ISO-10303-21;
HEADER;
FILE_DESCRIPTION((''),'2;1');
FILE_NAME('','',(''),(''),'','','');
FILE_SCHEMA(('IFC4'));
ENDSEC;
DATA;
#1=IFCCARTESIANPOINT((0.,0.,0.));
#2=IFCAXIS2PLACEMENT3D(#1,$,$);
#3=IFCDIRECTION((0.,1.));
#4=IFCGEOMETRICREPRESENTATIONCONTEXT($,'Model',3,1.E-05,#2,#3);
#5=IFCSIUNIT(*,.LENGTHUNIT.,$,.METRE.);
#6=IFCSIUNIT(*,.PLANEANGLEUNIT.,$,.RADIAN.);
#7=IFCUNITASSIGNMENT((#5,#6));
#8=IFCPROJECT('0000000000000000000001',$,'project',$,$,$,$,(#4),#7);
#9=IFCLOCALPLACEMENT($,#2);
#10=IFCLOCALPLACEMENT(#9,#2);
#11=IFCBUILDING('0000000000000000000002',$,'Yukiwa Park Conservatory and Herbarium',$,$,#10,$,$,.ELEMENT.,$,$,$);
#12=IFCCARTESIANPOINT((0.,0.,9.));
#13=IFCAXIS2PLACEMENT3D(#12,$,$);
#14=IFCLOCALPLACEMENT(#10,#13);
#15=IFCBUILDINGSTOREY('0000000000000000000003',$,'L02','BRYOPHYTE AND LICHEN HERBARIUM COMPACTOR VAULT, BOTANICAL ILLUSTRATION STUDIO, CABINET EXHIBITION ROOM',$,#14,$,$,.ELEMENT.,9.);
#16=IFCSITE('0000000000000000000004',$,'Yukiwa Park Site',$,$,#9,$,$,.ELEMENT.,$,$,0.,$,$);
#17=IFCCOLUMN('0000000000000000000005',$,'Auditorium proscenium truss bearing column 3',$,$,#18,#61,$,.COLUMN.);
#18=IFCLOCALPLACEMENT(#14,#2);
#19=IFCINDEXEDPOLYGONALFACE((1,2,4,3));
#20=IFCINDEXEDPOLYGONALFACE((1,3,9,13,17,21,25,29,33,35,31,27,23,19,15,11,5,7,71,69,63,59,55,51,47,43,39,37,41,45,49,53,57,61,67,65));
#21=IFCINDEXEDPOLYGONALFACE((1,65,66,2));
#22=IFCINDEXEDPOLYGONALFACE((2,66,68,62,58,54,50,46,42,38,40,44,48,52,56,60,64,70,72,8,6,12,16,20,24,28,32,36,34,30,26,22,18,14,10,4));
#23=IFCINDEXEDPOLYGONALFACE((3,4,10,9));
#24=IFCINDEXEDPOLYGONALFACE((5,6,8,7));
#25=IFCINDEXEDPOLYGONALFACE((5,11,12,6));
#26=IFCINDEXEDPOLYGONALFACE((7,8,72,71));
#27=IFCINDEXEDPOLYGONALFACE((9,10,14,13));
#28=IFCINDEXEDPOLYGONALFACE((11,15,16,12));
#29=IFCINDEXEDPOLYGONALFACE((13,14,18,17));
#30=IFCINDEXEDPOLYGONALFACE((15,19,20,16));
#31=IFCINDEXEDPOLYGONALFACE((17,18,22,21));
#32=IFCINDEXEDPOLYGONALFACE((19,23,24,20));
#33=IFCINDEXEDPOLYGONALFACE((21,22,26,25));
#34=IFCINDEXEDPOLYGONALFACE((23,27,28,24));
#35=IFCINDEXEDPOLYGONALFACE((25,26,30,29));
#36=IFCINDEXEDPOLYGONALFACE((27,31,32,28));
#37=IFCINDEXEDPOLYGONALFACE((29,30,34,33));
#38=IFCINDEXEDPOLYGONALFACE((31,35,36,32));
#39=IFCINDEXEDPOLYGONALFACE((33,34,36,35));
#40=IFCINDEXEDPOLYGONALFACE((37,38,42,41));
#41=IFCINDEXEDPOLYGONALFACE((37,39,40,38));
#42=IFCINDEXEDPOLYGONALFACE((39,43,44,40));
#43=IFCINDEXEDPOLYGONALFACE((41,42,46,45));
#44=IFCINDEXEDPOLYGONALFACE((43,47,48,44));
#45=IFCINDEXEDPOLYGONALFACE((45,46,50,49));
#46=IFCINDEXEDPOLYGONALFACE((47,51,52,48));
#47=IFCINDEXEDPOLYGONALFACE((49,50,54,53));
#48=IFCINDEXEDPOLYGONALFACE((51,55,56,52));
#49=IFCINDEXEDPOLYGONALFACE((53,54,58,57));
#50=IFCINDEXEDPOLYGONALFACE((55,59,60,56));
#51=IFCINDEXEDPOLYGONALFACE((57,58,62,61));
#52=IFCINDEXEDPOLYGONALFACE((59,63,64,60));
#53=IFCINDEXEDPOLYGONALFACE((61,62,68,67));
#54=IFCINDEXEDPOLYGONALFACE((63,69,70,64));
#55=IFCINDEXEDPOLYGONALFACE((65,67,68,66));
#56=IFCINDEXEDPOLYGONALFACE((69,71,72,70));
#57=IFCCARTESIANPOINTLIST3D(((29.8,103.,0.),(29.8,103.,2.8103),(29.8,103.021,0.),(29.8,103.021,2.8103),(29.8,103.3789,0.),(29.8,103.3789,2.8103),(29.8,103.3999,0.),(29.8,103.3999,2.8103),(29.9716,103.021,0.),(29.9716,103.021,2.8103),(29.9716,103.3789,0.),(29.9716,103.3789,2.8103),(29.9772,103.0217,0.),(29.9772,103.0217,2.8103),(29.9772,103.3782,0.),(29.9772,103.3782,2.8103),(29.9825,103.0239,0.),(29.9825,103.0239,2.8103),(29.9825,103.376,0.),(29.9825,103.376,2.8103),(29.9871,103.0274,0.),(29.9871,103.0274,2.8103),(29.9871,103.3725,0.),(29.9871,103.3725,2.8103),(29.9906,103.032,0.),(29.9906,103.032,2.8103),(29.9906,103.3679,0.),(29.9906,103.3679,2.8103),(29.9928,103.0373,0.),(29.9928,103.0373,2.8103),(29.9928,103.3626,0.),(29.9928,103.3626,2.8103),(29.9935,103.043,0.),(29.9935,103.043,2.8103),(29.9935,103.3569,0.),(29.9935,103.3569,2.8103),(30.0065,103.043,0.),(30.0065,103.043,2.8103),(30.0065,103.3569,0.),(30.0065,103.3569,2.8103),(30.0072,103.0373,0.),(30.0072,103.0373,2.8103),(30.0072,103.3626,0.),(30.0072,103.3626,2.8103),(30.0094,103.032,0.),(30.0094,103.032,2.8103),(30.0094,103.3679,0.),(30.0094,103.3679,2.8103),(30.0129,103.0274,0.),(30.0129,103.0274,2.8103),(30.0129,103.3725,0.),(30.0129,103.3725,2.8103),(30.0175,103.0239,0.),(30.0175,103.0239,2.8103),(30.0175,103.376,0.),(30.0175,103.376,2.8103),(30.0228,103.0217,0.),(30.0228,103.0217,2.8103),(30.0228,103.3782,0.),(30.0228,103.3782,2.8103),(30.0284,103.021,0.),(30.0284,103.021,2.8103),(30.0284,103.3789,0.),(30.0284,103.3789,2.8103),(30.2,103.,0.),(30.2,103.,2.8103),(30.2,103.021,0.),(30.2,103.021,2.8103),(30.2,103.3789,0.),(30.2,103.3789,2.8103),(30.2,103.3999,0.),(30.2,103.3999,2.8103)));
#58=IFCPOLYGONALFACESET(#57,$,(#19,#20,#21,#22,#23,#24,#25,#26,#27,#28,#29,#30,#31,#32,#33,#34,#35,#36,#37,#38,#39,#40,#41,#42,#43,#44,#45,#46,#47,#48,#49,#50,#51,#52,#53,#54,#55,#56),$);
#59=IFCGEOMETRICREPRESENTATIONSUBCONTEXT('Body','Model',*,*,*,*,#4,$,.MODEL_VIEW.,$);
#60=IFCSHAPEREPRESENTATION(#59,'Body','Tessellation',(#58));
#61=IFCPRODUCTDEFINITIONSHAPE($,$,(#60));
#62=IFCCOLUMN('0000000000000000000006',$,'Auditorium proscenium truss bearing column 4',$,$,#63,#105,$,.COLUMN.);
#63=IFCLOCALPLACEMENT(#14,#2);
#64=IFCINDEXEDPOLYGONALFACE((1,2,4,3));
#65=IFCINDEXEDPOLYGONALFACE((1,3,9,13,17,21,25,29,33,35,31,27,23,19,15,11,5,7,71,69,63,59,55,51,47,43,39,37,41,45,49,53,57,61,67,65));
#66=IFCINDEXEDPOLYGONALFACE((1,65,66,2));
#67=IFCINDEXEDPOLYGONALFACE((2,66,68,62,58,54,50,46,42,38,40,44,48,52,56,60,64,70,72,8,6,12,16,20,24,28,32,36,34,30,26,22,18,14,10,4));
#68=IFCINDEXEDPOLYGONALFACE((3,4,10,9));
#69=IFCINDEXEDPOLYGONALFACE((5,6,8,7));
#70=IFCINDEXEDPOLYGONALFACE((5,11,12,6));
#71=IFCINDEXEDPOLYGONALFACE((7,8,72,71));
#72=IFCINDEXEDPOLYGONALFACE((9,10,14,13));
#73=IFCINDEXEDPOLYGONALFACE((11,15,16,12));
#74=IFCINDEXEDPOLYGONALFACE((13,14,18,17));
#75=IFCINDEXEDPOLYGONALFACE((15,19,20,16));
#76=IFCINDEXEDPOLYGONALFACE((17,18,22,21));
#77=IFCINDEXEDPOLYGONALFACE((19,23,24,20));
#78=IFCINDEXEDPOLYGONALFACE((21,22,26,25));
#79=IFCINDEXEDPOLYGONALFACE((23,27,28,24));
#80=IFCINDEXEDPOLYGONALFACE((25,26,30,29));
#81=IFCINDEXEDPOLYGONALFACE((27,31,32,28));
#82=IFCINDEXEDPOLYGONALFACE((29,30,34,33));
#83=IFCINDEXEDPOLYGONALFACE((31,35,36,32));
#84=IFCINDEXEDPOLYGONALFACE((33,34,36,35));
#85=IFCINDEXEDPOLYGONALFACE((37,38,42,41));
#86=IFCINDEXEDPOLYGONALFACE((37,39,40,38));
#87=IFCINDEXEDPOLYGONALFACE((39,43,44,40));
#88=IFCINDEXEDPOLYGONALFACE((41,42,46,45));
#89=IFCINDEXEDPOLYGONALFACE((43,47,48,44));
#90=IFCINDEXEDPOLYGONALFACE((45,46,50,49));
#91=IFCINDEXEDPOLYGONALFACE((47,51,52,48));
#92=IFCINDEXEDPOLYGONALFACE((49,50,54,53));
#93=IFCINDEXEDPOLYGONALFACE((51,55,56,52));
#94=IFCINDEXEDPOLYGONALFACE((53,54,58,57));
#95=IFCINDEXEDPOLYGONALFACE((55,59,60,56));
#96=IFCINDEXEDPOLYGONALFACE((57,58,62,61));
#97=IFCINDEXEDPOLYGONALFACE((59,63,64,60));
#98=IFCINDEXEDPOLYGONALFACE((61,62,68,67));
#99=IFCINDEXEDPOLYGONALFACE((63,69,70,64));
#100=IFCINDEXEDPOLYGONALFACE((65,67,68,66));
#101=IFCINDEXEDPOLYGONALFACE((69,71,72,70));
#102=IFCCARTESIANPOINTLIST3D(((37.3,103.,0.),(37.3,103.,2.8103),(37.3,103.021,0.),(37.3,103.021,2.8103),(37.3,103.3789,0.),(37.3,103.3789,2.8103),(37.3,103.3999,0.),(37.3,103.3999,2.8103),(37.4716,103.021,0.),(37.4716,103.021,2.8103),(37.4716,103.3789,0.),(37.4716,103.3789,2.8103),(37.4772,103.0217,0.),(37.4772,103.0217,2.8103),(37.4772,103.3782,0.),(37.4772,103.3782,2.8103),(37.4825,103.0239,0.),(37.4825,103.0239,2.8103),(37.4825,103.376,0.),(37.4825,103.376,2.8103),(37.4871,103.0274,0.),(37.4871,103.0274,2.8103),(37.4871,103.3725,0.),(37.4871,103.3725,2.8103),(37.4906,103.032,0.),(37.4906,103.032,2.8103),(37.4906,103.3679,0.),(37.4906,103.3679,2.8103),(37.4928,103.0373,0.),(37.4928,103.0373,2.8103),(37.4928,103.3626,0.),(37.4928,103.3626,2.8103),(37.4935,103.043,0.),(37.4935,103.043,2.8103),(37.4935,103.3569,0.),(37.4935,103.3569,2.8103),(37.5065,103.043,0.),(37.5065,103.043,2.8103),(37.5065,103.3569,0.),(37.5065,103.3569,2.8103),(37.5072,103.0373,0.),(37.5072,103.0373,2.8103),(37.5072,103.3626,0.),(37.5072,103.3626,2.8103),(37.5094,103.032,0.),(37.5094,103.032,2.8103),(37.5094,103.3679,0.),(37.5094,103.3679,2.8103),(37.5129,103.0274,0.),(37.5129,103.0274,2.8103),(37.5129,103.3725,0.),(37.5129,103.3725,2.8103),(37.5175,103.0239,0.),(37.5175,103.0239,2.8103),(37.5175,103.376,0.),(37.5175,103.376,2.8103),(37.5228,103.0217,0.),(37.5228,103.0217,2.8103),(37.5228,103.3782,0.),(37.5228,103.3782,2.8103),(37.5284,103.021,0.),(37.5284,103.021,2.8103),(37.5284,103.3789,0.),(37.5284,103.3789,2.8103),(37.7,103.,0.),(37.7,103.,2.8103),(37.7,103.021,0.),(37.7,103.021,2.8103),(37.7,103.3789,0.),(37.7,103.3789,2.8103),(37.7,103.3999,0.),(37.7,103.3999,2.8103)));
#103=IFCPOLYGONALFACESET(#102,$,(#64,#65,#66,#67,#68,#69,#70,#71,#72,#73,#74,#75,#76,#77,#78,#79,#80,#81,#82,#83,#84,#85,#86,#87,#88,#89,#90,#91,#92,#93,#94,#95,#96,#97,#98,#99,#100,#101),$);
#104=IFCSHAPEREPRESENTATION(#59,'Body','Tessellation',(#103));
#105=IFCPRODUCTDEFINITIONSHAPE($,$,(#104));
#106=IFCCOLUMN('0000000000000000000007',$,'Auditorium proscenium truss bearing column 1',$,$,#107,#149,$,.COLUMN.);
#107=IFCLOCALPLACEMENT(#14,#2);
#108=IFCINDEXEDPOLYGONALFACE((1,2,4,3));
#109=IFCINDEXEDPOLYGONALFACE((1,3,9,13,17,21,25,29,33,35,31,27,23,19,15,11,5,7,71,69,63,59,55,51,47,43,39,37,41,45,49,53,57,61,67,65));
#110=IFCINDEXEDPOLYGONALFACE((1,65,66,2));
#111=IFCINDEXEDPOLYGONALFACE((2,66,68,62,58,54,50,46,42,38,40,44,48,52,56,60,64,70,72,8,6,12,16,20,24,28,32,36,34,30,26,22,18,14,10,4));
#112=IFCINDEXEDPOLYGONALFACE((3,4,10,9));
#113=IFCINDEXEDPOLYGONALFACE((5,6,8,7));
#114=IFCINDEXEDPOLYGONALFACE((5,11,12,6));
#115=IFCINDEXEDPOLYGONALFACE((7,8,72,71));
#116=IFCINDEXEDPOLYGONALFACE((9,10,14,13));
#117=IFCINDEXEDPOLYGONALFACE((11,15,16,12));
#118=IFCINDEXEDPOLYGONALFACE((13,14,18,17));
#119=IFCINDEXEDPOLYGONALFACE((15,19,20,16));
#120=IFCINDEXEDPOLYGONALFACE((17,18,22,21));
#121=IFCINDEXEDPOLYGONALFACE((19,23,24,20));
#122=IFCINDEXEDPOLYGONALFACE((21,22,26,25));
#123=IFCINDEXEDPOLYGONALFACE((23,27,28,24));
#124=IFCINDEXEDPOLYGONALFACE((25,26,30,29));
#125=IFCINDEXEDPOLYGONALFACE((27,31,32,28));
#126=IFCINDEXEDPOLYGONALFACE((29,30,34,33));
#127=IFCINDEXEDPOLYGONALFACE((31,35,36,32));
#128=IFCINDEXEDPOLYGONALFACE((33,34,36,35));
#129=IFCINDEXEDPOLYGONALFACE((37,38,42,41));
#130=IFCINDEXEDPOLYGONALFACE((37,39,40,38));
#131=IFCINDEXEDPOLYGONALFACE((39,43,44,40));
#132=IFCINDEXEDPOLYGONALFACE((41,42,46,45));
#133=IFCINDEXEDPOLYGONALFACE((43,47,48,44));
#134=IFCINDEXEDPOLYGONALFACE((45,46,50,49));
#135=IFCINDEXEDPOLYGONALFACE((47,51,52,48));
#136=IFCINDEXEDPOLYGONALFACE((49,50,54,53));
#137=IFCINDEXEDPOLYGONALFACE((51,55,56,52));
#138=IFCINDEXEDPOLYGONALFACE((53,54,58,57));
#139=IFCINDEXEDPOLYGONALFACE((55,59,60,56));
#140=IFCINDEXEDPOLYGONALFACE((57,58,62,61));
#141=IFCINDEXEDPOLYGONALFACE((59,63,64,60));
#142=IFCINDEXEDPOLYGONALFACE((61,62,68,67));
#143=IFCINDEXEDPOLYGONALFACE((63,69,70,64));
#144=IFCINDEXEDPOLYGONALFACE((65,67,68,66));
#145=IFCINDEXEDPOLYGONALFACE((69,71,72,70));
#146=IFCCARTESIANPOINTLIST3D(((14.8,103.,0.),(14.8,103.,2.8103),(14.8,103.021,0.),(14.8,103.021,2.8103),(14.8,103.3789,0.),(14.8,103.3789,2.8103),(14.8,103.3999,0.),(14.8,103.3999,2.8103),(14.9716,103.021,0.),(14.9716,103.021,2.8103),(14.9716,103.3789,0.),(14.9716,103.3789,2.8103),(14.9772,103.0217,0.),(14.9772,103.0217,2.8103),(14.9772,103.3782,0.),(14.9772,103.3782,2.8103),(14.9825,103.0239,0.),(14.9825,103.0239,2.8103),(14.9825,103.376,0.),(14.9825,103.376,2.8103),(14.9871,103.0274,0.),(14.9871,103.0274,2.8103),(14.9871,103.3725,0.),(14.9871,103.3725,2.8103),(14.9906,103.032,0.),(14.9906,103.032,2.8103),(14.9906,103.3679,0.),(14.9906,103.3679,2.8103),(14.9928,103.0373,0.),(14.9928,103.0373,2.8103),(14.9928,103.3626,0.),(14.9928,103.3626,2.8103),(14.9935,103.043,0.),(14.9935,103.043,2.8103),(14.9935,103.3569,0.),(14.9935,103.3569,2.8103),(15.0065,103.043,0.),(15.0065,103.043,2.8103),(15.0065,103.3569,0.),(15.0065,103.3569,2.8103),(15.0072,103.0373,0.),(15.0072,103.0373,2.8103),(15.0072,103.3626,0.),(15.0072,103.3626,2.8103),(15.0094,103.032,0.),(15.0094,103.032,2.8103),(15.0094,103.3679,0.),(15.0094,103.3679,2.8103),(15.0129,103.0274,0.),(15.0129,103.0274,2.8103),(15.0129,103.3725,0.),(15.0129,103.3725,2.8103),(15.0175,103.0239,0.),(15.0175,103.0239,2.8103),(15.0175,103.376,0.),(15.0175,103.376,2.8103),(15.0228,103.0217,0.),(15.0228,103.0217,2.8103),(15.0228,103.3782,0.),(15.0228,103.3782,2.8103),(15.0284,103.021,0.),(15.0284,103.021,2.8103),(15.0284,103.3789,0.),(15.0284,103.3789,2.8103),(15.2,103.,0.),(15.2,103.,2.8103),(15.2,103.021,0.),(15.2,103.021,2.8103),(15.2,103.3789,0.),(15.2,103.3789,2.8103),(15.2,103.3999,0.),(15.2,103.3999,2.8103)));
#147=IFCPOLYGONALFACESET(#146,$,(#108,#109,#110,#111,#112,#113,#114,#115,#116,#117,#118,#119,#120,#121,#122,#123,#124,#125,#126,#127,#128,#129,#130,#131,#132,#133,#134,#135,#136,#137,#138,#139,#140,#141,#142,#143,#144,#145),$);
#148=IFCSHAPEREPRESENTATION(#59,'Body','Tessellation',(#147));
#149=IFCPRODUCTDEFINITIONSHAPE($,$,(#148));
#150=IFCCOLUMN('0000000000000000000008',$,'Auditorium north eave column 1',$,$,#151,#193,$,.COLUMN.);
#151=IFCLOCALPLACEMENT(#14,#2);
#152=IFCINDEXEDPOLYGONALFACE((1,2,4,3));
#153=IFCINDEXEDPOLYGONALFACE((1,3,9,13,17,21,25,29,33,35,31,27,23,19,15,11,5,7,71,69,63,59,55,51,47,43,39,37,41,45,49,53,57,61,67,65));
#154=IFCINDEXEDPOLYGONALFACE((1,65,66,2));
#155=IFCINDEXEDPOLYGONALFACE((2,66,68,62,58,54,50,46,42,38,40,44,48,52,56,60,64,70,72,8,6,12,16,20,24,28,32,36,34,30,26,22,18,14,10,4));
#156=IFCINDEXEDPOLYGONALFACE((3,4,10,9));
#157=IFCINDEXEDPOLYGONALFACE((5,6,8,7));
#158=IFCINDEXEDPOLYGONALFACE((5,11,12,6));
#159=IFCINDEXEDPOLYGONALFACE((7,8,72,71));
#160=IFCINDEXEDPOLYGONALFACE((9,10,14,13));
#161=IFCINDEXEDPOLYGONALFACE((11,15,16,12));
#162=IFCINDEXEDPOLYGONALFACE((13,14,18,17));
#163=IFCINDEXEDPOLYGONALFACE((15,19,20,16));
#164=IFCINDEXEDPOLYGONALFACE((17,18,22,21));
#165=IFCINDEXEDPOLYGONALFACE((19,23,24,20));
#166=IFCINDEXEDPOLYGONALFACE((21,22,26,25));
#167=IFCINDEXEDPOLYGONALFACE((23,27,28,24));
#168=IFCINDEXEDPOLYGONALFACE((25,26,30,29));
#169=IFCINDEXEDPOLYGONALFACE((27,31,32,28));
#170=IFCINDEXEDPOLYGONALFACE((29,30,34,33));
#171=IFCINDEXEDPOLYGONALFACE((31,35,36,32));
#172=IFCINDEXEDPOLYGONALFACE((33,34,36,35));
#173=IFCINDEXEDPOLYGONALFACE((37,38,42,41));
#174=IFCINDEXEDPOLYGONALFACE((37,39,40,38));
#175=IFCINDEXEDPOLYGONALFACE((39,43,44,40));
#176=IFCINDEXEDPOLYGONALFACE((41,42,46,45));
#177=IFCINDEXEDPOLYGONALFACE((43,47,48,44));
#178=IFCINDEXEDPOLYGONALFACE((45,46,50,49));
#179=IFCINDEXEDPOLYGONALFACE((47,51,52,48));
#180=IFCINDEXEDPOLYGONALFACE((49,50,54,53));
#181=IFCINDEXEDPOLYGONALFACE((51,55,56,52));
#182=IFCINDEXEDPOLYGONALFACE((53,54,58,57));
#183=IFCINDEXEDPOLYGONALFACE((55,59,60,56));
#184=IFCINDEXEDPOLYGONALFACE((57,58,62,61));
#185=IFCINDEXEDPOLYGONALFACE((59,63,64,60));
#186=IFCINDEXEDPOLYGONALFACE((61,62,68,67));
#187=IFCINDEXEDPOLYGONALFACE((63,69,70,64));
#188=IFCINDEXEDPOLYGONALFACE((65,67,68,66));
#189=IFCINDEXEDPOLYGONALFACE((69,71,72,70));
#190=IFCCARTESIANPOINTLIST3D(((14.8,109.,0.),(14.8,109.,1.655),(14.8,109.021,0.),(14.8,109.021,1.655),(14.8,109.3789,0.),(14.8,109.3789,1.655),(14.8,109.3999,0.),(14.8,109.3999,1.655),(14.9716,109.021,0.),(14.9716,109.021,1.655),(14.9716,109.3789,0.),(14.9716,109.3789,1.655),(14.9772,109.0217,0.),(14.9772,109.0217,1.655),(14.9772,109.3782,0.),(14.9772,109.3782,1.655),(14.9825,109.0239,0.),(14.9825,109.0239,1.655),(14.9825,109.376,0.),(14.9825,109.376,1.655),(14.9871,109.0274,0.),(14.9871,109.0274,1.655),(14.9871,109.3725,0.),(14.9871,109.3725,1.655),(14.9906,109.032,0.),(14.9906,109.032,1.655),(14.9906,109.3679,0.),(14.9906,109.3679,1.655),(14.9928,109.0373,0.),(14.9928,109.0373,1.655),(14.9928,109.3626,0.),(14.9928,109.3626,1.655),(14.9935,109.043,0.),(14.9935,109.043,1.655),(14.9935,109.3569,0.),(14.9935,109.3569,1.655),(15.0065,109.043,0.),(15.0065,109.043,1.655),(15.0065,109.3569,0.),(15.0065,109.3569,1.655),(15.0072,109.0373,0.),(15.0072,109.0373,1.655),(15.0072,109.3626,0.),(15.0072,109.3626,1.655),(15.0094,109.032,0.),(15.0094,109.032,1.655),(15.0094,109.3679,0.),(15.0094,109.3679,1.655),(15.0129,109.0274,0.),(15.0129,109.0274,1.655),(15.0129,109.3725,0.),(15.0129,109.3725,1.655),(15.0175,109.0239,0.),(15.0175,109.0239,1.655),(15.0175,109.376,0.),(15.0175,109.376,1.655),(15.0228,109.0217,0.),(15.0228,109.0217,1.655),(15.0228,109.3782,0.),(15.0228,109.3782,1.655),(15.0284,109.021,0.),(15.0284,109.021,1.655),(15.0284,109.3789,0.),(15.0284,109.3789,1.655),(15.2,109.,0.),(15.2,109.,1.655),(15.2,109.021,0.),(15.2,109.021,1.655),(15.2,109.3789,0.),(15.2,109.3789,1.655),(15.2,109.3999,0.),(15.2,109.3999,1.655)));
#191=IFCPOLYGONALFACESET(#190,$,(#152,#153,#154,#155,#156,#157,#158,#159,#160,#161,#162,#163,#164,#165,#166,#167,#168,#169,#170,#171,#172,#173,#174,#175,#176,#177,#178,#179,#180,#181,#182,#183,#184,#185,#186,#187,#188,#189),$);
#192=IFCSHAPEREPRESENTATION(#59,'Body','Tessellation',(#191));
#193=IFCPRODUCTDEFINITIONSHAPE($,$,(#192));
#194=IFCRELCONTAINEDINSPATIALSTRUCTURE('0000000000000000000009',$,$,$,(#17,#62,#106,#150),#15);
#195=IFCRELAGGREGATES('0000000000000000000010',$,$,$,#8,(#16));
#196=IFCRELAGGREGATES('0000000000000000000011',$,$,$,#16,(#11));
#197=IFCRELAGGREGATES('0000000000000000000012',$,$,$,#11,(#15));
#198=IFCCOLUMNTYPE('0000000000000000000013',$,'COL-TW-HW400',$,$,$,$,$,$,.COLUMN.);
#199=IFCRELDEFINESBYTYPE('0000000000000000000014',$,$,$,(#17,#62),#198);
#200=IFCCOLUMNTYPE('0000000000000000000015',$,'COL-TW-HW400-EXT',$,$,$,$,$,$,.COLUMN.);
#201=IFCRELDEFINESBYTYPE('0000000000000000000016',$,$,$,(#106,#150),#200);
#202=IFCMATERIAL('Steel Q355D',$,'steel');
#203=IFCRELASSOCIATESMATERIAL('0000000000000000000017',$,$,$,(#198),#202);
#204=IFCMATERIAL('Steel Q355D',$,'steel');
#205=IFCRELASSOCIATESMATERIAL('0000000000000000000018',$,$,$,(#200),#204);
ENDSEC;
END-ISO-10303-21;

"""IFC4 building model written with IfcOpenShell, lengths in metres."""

from ifc_helpers import new_model, si_unit, direction, frame, origin, origin_2d, place, context, subcontext, project, spatial, i_section, extrude, material, material_profile, profile_set, type_object, element, save


model = new_model("IFC4")

# Units and contexts
model_context = context("Model", 3, precision=1e-05, world=origin(), true_north=direction((0.0, 1.0)))
body_context = subcontext(model_context, "Body", "Model", "MODEL_VIEW")
ifc_project = project(units=[si_unit("LENGTHUNIT", "METRE"), si_unit("PLANEANGLEUNIT", "RADIAN")], contexts=[model_context])

# Site, building, storey
site_placement = place(None, origin())
site = spatial("IfcSite", under=ifc_project, at=site_placement, Name="Yukiwa Park Site", CompositionType="ELEMENT", RefElevation=0.0)
building_placement = place(site_placement, origin())
building = spatial("IfcBuilding", under=site, at=building_placement, Name="Yukiwa Park Conservatory and Herbarium", CompositionType="ELEMENT")
storey_placement = place(building_placement, frame((0.0, 0.0, 9.0)))
storey = spatial("IfcBuildingStorey", under=building, at=storey_placement, Name="L02", Description="BRYOPHYTE AND LICHEN HERBARIUM COMPACTOR VAULT, BOTANICAL ILLUSTRATION STUDIO, CABINET EXHIBITION ROOM", CompositionType="ELEMENT", Elevation=9.0)

# Columns
ifc_material_1 = material(Name="Steel Q355D", Category="steel")
ifc_material_profile_1 = material_profile(ifc_material_1, i_section(OverallWidth=0.3999, OverallDepth=0.3999, WebThickness=0.0129, FlangeThickness=0.021, FilletRadius=0.022, at=origin_2d()), Name="HW 400x400x13x21")
ifc_profile_set_1 = profile_set([ifc_material_profile_1], Name="Steel Q355D")
column_type_1 = type_object("IfcColumnType", Name="COL-TW-HW400", PredefinedType="COLUMN", material=ifc_profile_set_1)
for number, where, z_axis, x_axis, name in (
    (1, (30.0, 103.2, 0.0), (0.0, 0.0, 1.0), (1.0, 0.0, 0.0), "Auditorium proscenium truss bearing column 3"),
    (2, (37.5, 103.2, 0.0), (0.0, 0.0, 1.0), (1.0, 0.0, 0.0), "Auditorium proscenium truss bearing column 4"),
):
    element("IfcColumn", number, at=place(storey_placement, frame(where, z_axis=z_axis, x_axis=x_axis)), inside=storey, type_object=column_type_1, Name=name, PredefinedType="COLUMN", context=body_context, shape_type="SweptSolid", body=[
        extrude(i_section(OverallWidth=0.3999, OverallDepth=0.3999, WebThickness=0.0129, FlangeThickness=0.021, FilletRadius=0.022, at=origin_2d()), origin(), (0.0, 0.0, 1.0), 2.8103),
    ])
ifc_material_2 = material(Name="Steel Q355D", Category="steel")
ifc_material_profile_2 = material_profile(ifc_material_2, i_section(OverallWidth=0.3999, OverallDepth=0.3999, WebThickness=0.0129, FlangeThickness=0.021, FilletRadius=0.022, at=origin_2d()), Name="HW 400x400x13x21")
ifc_profile_set_2 = profile_set([ifc_material_profile_2], Name="Steel Q355D")
column_type_2 = type_object("IfcColumnType", Name="COL-TW-HW400-EXT", PredefinedType="COLUMN", material=ifc_profile_set_2)
column_placement = place(storey_placement, frame((15.0, 103.2, 0.0), z_axis=(0.0, 0.0, 1.0), x_axis=(1.0, 0.0, 0.0)))
element("IfcColumn", 3, at=column_placement, inside=storey, type_object=column_type_2, Name="Auditorium proscenium truss bearing column 1", PredefinedType="COLUMN", context=body_context, shape_type="SweptSolid", body=[
    extrude(i_section(OverallWidth=0.3999, OverallDepth=0.3999, WebThickness=0.0129, FlangeThickness=0.021, FilletRadius=0.022, at=origin_2d()), origin(), (0.0, 0.0, 1.0), 2.8103),
])
for number, where, z_axis, x_axis, name in (
    (4, (15.0, 109.2, 0.0), (0.0, 0.0, 1.0), (1.0, 0.0, 0.0), "Auditorium north eave column 1"),
):
    element("IfcColumn", number, at=place(storey_placement, frame(where, z_axis=z_axis, x_axis=x_axis)), inside=storey, type_object=column_type_2, Name=name, PredefinedType="COLUMN", context=body_context, shape_type="SweptSolid", body=[
        extrude(i_section(OverallWidth=0.3999, OverallDepth=0.3999, WebThickness=0.0129, FlangeThickness=0.021, FilletRadius=0.022, at=origin_2d()), origin(), (0.0, 0.0, 1.0), 1.655),
    ])

save(model, "model.ifc")
